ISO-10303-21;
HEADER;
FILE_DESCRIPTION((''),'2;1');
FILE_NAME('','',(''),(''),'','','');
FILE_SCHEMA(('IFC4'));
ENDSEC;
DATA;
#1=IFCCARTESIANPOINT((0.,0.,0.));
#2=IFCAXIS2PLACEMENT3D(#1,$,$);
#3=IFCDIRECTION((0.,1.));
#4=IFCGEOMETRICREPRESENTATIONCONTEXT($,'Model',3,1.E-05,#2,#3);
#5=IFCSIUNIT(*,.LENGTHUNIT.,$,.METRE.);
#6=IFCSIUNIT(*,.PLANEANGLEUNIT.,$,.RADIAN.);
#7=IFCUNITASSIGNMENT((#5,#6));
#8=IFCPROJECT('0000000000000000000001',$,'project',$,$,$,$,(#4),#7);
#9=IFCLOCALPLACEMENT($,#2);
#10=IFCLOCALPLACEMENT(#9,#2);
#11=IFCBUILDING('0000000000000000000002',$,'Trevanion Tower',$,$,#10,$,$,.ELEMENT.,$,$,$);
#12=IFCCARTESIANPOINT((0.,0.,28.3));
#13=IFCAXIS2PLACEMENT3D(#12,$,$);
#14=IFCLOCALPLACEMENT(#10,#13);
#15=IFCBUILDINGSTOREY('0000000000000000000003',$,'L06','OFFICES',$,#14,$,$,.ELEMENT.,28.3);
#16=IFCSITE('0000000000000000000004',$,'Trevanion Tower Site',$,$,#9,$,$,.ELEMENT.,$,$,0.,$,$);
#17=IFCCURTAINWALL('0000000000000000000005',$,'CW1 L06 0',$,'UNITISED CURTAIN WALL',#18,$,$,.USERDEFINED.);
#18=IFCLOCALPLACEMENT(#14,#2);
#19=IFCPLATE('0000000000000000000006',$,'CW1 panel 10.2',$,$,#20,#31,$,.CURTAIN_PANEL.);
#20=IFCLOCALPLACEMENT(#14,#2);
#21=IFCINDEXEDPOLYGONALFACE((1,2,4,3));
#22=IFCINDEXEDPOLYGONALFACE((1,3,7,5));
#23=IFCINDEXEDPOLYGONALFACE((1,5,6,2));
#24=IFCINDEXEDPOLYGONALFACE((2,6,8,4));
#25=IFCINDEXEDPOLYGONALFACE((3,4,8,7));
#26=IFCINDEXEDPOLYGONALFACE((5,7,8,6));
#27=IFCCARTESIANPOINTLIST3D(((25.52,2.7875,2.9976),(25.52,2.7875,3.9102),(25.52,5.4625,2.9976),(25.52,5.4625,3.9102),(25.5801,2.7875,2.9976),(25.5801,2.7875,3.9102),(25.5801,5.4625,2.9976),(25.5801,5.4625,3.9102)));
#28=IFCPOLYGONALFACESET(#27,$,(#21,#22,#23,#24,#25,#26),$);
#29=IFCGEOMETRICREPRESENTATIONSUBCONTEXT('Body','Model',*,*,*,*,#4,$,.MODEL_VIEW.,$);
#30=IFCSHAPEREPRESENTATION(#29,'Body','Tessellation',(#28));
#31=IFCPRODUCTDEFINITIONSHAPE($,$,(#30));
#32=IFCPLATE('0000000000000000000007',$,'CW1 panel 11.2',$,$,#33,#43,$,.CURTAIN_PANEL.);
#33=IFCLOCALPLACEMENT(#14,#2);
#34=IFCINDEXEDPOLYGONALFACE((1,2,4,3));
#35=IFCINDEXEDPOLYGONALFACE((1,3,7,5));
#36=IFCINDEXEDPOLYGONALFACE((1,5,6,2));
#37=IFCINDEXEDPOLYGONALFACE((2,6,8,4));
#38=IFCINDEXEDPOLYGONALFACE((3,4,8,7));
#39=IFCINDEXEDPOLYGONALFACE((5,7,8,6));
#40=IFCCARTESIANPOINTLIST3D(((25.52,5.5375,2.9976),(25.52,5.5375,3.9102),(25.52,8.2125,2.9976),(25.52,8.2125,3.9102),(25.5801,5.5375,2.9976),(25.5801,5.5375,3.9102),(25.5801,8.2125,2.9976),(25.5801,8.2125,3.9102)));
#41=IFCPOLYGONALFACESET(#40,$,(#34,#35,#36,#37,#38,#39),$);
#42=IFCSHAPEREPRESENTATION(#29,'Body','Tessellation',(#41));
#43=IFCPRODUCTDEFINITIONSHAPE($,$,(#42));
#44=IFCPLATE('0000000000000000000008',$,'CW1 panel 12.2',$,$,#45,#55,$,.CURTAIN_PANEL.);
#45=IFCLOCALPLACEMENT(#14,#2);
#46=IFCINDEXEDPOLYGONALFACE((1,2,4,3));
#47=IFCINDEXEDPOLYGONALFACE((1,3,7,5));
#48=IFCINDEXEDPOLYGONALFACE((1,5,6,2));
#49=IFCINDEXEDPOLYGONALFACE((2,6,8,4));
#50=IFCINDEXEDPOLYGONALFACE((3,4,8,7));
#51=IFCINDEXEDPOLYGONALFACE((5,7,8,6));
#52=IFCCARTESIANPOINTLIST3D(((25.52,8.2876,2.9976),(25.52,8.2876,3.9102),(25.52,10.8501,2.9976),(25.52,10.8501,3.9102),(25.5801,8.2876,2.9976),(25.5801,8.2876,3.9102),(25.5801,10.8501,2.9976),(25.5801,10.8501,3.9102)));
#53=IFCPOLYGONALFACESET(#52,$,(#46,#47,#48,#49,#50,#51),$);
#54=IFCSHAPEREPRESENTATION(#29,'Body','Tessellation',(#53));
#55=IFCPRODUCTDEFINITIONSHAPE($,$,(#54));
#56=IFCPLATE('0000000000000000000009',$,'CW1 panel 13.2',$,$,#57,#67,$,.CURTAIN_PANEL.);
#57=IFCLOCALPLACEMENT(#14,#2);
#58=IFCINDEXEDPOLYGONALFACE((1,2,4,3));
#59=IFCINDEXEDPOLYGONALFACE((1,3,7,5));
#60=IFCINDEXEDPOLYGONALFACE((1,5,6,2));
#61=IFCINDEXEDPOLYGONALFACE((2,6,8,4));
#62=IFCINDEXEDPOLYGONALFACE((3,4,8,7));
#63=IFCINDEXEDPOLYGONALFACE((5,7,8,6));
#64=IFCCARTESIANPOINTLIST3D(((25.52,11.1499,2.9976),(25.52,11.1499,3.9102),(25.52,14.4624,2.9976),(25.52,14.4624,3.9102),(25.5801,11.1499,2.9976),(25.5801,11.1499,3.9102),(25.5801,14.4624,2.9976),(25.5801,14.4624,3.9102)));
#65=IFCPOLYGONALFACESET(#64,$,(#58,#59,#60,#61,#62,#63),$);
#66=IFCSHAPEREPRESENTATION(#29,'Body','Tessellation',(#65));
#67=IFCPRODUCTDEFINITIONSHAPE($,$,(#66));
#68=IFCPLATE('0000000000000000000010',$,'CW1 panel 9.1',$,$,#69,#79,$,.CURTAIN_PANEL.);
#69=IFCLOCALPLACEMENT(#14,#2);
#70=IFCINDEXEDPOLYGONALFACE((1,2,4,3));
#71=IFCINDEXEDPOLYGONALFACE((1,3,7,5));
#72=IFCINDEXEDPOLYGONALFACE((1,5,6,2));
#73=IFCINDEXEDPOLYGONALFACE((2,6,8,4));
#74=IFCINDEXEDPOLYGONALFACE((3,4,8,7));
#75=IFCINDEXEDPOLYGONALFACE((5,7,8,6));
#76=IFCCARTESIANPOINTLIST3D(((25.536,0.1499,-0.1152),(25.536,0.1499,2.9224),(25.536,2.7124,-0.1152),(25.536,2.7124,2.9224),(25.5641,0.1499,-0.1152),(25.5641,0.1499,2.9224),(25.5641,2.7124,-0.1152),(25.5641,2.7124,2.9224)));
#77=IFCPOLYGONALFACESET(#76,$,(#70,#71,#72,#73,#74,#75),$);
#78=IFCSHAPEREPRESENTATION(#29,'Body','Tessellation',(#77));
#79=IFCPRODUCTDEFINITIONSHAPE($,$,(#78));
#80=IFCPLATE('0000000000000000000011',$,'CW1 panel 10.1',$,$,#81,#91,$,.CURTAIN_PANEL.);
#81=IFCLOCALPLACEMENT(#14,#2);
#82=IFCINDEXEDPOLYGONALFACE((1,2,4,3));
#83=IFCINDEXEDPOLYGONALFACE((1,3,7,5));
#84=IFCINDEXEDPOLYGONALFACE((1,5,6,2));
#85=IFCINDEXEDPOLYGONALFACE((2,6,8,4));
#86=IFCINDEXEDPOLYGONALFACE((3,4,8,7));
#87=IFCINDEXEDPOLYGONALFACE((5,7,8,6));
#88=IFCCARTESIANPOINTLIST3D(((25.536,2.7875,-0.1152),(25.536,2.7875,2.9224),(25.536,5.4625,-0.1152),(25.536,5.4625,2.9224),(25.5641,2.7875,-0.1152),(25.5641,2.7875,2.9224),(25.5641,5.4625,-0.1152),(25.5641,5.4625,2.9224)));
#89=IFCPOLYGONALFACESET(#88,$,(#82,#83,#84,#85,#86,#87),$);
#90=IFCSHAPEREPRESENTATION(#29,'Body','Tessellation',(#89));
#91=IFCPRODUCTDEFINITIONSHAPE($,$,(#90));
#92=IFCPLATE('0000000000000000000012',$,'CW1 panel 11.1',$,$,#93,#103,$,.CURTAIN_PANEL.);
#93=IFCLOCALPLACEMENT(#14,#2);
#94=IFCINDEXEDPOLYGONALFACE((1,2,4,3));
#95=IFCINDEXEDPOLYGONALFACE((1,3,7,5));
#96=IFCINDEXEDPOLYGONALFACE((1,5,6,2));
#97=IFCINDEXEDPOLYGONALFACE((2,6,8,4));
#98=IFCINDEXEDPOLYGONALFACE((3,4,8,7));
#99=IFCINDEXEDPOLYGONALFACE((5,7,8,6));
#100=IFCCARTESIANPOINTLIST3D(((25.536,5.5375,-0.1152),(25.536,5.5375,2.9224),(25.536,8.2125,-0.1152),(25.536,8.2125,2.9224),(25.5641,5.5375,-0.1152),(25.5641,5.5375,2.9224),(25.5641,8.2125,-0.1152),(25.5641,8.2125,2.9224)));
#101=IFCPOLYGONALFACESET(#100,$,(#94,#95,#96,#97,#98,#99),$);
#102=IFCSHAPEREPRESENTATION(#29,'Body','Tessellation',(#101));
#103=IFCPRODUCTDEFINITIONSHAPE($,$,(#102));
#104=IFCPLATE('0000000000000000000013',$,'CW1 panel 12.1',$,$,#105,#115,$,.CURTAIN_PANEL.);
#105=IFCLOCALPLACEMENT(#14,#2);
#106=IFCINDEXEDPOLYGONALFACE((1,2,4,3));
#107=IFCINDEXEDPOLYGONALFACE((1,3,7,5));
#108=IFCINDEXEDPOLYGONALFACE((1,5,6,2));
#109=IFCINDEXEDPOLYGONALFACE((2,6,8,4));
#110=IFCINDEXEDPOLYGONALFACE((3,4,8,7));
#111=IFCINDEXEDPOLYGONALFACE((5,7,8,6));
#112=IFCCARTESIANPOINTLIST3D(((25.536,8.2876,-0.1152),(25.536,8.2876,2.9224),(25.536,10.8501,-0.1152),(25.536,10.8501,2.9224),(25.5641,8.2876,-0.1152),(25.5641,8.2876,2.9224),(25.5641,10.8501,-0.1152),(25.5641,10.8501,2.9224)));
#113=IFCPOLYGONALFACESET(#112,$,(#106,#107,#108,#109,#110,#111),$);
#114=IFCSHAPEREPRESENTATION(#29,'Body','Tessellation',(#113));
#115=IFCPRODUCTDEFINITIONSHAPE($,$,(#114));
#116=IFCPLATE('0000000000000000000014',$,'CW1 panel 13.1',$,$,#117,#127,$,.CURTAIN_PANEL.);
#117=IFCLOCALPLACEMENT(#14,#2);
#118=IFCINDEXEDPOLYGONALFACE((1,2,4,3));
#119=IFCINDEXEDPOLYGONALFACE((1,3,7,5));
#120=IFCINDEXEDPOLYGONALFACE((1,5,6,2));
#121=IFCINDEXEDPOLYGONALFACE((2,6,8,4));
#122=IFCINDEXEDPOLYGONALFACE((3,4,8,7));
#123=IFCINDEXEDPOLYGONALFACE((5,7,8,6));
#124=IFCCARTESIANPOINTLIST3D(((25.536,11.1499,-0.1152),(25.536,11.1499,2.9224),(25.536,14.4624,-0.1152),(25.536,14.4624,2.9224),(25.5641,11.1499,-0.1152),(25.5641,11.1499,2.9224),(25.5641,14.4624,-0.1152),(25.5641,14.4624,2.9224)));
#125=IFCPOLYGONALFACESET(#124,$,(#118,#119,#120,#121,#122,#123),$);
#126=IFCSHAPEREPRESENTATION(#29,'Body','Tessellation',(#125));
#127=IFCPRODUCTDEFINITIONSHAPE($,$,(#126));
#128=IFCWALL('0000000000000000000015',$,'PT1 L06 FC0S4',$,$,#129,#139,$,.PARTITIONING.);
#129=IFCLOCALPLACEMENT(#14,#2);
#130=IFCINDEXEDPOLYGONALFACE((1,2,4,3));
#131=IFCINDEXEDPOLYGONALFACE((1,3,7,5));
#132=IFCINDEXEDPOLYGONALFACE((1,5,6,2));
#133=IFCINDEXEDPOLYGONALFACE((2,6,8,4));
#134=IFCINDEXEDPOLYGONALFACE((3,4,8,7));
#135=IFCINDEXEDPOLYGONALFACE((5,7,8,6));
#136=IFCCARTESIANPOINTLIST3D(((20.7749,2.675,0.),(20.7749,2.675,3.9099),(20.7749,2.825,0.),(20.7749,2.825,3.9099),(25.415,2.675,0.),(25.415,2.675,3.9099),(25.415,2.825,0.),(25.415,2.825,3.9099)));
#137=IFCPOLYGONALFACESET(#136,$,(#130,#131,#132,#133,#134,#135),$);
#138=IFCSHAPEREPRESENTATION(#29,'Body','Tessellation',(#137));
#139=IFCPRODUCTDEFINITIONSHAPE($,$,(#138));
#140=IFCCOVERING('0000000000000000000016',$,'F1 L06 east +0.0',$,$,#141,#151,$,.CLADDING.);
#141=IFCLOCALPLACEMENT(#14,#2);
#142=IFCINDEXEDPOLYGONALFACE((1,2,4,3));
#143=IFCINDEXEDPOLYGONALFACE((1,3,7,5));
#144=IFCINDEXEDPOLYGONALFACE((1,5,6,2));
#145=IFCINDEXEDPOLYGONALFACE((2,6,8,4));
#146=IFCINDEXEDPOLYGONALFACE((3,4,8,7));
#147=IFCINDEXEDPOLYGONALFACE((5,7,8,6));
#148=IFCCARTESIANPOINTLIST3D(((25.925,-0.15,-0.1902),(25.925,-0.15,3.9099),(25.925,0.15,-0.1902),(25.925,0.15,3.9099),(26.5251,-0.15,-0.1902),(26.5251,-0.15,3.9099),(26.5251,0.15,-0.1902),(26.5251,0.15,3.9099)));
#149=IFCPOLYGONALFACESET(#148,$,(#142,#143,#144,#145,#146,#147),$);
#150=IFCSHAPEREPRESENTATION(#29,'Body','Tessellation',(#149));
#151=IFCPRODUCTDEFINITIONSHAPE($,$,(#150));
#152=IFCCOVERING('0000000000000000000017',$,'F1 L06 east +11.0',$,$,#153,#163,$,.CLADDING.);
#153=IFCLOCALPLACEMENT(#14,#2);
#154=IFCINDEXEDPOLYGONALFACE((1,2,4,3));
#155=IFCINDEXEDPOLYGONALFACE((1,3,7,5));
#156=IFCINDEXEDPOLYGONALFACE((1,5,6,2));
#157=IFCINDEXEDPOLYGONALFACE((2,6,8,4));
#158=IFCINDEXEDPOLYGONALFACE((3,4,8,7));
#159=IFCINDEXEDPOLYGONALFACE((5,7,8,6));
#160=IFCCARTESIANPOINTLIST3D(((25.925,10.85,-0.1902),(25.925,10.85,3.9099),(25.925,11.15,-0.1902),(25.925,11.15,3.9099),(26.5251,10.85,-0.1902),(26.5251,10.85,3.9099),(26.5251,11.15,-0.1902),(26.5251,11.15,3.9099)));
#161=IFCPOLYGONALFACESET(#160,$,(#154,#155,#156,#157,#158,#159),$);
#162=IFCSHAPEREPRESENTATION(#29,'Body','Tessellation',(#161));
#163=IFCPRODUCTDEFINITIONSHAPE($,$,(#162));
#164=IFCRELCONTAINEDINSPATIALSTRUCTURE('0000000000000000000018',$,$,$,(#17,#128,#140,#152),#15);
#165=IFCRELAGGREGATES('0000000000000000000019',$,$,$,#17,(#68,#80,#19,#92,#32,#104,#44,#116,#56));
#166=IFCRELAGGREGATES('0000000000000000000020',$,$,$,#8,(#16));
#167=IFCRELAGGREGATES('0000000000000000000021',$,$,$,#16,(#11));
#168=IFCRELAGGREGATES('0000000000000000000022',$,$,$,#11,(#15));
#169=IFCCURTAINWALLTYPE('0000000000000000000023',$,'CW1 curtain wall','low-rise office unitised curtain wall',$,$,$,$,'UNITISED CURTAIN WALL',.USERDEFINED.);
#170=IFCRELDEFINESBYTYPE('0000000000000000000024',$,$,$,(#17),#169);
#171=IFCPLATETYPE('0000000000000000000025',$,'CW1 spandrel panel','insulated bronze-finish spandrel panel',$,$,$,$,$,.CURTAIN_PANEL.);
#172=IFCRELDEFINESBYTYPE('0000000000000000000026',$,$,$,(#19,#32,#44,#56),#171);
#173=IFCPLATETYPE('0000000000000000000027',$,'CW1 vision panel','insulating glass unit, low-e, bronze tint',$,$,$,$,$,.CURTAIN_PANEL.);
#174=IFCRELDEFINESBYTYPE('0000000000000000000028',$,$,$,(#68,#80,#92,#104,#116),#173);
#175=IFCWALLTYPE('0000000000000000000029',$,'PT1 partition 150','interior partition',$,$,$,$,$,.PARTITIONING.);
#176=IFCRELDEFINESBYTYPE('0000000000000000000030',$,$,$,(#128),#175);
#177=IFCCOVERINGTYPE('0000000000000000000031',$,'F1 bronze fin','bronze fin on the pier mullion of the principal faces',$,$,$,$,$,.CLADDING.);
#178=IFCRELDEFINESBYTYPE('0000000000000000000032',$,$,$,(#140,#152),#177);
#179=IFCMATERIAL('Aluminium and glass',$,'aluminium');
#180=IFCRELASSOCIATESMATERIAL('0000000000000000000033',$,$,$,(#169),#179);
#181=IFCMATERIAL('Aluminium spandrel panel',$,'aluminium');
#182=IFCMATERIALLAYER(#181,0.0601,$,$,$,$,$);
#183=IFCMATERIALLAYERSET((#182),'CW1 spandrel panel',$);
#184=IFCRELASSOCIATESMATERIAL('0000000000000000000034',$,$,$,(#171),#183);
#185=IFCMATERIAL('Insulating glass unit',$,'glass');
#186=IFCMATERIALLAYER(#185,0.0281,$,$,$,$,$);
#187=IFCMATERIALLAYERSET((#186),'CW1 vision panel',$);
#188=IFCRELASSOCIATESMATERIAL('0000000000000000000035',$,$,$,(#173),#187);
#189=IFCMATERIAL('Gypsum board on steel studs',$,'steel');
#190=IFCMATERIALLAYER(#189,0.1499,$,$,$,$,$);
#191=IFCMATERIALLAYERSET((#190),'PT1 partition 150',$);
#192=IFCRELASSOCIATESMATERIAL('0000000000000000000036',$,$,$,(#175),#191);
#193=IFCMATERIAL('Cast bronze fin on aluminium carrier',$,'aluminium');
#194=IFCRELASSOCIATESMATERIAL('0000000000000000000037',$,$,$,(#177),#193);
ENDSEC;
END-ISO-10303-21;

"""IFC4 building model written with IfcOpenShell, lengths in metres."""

from ifc_helpers import new_model, si_unit, direction, frame, frame_2d, origin, origin_2d, place, context, subcontext, project, spatial, rectangle, extrude, material, layer, layer_set, type_object, element, aggregate, save


model = new_model("IFC4")

# Units and contexts
model_context = context("Model", 3, precision=1e-05, world=origin(), true_north=direction((0.0, 1.0)))
body_context = subcontext(model_context, "Body", "Model", "MODEL_VIEW")
ifc_project = project(units=[si_unit("LENGTHUNIT", "METRE"), si_unit("PLANEANGLEUNIT", "RADIAN")], contexts=[model_context])

# Site, building, storey
site_placement = place(None, origin())
site = spatial("IfcSite", under=ifc_project, at=site_placement, Name="Trevanion Tower Site", CompositionType="ELEMENT", RefElevation=0.0)
building_placement = place(site_placement, origin())
building = spatial("IfcBuilding", under=site, at=building_placement, Name="Trevanion Tower", CompositionType="ELEMENT")
storey_placement = place(building_placement, frame((0.0, 0.0, 28.3)))
storey = spatial("IfcBuildingStorey", under=building, at=storey_placement, Name="L06", Description="OFFICES", CompositionType="ELEMENT", Elevation=28.3)

# Curtain wall
ifc_material_1 = material(Name="Aluminium and glass", Category="aluminium")
curtain_wall_type = type_object("IfcCurtainWallType", Name="CW1 curtain wall", Description="low-rise office unitised curtain wall", ElementType="UNITISED CURTAIN WALL", PredefinedType="USERDEFINED", material=ifc_material_1)
curtain_wall_placement = place(storey_placement, origin())
curtain_wall = element("IfcCurtainWall", 1, at=curtain_wall_placement, inside=storey, type_object=curtain_wall_type, Name="CW1 L06 0", ObjectType="UNITISED CURTAIN WALL", PredefinedType="USERDEFINED")

# Plates
ifc_material_2 = material(Name="Aluminium spandrel panel", Category="aluminium")
ifc_layer_1 = layer(ifc_material_2, 0.0601)
ifc_layer_set_1 = layer_set([ifc_layer_1], Name="CW1 spandrel panel")
plate_type_1 = type_object("IfcPlateType", Name="CW1 spandrel panel", Description="insulated bronze-finish spandrel panel", PredefinedType="CURTAIN_PANEL", material=ifc_layer_set_1)
plate_1_placement = place(storey_placement, frame((25.55, 4.125, 2.9976), z_axis=(0.0, 0.0, 1.0), x_axis=(0.0, 1.0, 0.0)))
plate_1 = element("IfcPlate", 2, at=plate_1_placement, type_object=plate_type_1, Name="CW1 panel 10.2", PredefinedType="CURTAIN_PANEL", context=body_context, shape_type="SweptSolid", body=[
    extrude(rectangle(XDim=2.675, YDim=0.0601, at=origin_2d()), origin(), (0.0, 0.0, 1.0), 0.9126),
])
plate_2_placement = place(storey_placement, frame((25.55, 6.875, 2.9976), z_axis=(0.0, 0.0, 1.0), x_axis=(0.0, 1.0, 0.0)))
plate_2 = element("IfcPlate", 3, at=plate_2_placement, type_object=plate_type_1, Name="CW1 panel 11.2", PredefinedType="CURTAIN_PANEL", context=body_context, shape_type="SweptSolid", body=[
    extrude(rectangle(XDim=2.675, YDim=0.0601, at=origin_2d()), origin(), (0.0, 0.0, 1.0), 0.9126),
])
plate_3_placement = place(storey_placement, frame((25.55, 9.5688, 2.9976), z_axis=(0.0, 0.0, 1.0), x_axis=(0.0, 1.0, 0.0)))
plate_3 = element("IfcPlate", 4, at=plate_3_placement, type_object=plate_type_1, Name="CW1 panel 12.2", PredefinedType="CURTAIN_PANEL", context=body_context, shape_type="SweptSolid", body=[
    extrude(rectangle(XDim=2.5625, YDim=0.0601, at=origin_2d()), origin(), (0.0, 0.0, 1.0), 0.9126),
])
plate_4_placement = place(storey_placement, frame((25.55, 12.8062, 2.9976), z_axis=(0.0, 0.0, 1.0), x_axis=(0.0, 1.0, 0.0)))
plate_4 = element("IfcPlate", 5, at=plate_4_placement, type_object=plate_type_1, Name="CW1 panel 13.2", PredefinedType="CURTAIN_PANEL", context=body_context, shape_type="SweptSolid", body=[
    extrude(rectangle(XDim=3.3125, YDim=0.0601, at=origin_2d()), origin(), (0.0, 0.0, 1.0), 0.9126),
])
ifc_material_3 = material(Name="Insulating glass unit", Category="glass")
ifc_layer_2 = layer(ifc_material_3, 0.0281)
ifc_layer_set_2 = layer_set([ifc_layer_2], Name="CW1 vision panel")
plate_type_2 = type_object("IfcPlateType", Name="CW1 vision panel", Description="insulating glass unit, low-e, bronze tint", PredefinedType="CURTAIN_PANEL", material=ifc_layer_set_2)
plate_5_placement = place(storey_placement, frame((25.55, 1.4312, -0.1152), z_axis=(0.0, 0.0, 1.0), x_axis=(0.0, 1.0, 0.0)))
plate_5 = element("IfcPlate", 6, at=plate_5_placement, type_object=plate_type_2, Name="CW1 panel 9.1", PredefinedType="CURTAIN_PANEL", context=body_context, shape_type="SweptSolid", body=[
    extrude(rectangle(XDim=2.5625, YDim=0.0281, at=origin_2d()), origin(), (0.0, 0.0, 1.0), 3.0376),
])
plate_6_placement = place(storey_placement, frame((25.55, 4.125, -0.1152), z_axis=(0.0, 0.0, 1.0), x_axis=(0.0, 1.0, 0.0)))
plate_6 = element("IfcPlate", 7, at=plate_6_placement, type_object=plate_type_2, Name="CW1 panel 10.1", PredefinedType="CURTAIN_PANEL", context=body_context, shape_type="SweptSolid", body=[
    extrude(rectangle(XDim=2.675, YDim=0.0281, at=origin_2d()), origin(), (0.0, 0.0, 1.0), 3.0376),
])
plate_7_placement = place(storey_placement, frame((25.55, 6.875, -0.1152), z_axis=(0.0, 0.0, 1.0), x_axis=(0.0, 1.0, 0.0)))
plate_7 = element("IfcPlate", 8, at=plate_7_placement, type_object=plate_type_2, Name="CW1 panel 11.1", PredefinedType="CURTAIN_PANEL", context=body_context, shape_type="SweptSolid", body=[
    extrude(rectangle(XDim=2.675, YDim=0.0281, at=origin_2d()), origin(), (0.0, 0.0, 1.0), 3.0376),
])
plate_8_placement = place(storey_placement, frame((25.55, 9.5688, -0.1152), z_axis=(0.0, 0.0, 1.0), x_axis=(0.0, 1.0, 0.0)))
plate_8 = element("IfcPlate", 9, at=plate_8_placement, type_object=plate_type_2, Name="CW1 panel 12.1", PredefinedType="CURTAIN_PANEL", context=body_context, shape_type="SweptSolid", body=[
    extrude(rectangle(XDim=2.5625, YDim=0.0281, at=origin_2d()), origin(), (0.0, 0.0, 1.0), 3.0376),
])
plate_9_placement = place(storey_placement, frame((25.55, 12.8062, -0.1152), z_axis=(0.0, 0.0, 1.0), x_axis=(0.0, 1.0, 0.0)))
plate_9 = element("IfcPlate", 10, at=plate_9_placement, type_object=plate_type_2, Name="CW1 panel 13.1", PredefinedType="CURTAIN_PANEL", context=body_context, shape_type="SweptSolid", body=[
    extrude(rectangle(XDim=3.3125, YDim=0.0281, at=origin_2d()), origin(), (0.0, 0.0, 1.0), 3.0376),
])
aggregate(curtain_wall, [plate_5, plate_6, plate_1, plate_7, plate_2, plate_8, plate_3, plate_9, plate_4])

# Wall
ifc_material_4 = material(Name="Gypsum board on steel studs", Category="steel")
ifc_layer_3 = layer(ifc_material_4, 0.1499)
ifc_layer_set_3 = layer_set([ifc_layer_3], Name="PT1 partition 150")
wall_type = type_object("IfcWallType", Name="PT1 partition 150", Description="interior partition", PredefinedType="PARTITIONING", material=ifc_layer_set_3)
wall_placement = place(storey_placement, frame((20.7749, 2.75, 0.0), z_axis=(0.0, 0.0, 1.0), x_axis=(1.0, 0.0, 0.0)))
element("IfcWall", 11, at=wall_placement, inside=storey, type_object=wall_type, Name="PT1 L06 FC0S4", PredefinedType="PARTITIONING", context=body_context, shape_type="SweptSolid", body=[
    extrude(rectangle(XDim=4.6401, YDim=0.1499, at=frame_2d((2.3201, 0.0))), origin(), (0.0, 0.0, 1.0), 3.9099),
])

# Coverings
ifc_material_5 = material(Name="Cast bronze fin on aluminium carrier", Category="aluminium")
covering_type = type_object("IfcCoveringType", Name="F1 bronze fin", Description="bronze fin on the pier mullion of the principal faces", PredefinedType="CLADDING", material=ifc_material_5)
for number, where, z_axis, x_axis, name in (
    (12, (26.2251, 0.0, -0.1902), (0.0, 0.0, 1.0), (0.0, 1.0, 0.0), "F1 L06 east +0.0"),
    (13, (26.2251, 11.0, -0.1902), (0.0, 0.0, 1.0), (0.0, 1.0, 0.0), "F1 L06 east +11.0"),
):
    element("IfcCovering", number, at=place(storey_placement, frame(where, z_axis=z_axis, x_axis=x_axis)), inside=storey, type_object=covering_type, Name=name, PredefinedType="CLADDING", context=body_context, shape_type="SweptSolid", body=[
        extrude(rectangle(XDim=0.3, YDim=0.6001, at=origin_2d()), origin(), (0.0, 0.0, 1.0), 4.1001),
    ])

save(model, "model.ifc")
